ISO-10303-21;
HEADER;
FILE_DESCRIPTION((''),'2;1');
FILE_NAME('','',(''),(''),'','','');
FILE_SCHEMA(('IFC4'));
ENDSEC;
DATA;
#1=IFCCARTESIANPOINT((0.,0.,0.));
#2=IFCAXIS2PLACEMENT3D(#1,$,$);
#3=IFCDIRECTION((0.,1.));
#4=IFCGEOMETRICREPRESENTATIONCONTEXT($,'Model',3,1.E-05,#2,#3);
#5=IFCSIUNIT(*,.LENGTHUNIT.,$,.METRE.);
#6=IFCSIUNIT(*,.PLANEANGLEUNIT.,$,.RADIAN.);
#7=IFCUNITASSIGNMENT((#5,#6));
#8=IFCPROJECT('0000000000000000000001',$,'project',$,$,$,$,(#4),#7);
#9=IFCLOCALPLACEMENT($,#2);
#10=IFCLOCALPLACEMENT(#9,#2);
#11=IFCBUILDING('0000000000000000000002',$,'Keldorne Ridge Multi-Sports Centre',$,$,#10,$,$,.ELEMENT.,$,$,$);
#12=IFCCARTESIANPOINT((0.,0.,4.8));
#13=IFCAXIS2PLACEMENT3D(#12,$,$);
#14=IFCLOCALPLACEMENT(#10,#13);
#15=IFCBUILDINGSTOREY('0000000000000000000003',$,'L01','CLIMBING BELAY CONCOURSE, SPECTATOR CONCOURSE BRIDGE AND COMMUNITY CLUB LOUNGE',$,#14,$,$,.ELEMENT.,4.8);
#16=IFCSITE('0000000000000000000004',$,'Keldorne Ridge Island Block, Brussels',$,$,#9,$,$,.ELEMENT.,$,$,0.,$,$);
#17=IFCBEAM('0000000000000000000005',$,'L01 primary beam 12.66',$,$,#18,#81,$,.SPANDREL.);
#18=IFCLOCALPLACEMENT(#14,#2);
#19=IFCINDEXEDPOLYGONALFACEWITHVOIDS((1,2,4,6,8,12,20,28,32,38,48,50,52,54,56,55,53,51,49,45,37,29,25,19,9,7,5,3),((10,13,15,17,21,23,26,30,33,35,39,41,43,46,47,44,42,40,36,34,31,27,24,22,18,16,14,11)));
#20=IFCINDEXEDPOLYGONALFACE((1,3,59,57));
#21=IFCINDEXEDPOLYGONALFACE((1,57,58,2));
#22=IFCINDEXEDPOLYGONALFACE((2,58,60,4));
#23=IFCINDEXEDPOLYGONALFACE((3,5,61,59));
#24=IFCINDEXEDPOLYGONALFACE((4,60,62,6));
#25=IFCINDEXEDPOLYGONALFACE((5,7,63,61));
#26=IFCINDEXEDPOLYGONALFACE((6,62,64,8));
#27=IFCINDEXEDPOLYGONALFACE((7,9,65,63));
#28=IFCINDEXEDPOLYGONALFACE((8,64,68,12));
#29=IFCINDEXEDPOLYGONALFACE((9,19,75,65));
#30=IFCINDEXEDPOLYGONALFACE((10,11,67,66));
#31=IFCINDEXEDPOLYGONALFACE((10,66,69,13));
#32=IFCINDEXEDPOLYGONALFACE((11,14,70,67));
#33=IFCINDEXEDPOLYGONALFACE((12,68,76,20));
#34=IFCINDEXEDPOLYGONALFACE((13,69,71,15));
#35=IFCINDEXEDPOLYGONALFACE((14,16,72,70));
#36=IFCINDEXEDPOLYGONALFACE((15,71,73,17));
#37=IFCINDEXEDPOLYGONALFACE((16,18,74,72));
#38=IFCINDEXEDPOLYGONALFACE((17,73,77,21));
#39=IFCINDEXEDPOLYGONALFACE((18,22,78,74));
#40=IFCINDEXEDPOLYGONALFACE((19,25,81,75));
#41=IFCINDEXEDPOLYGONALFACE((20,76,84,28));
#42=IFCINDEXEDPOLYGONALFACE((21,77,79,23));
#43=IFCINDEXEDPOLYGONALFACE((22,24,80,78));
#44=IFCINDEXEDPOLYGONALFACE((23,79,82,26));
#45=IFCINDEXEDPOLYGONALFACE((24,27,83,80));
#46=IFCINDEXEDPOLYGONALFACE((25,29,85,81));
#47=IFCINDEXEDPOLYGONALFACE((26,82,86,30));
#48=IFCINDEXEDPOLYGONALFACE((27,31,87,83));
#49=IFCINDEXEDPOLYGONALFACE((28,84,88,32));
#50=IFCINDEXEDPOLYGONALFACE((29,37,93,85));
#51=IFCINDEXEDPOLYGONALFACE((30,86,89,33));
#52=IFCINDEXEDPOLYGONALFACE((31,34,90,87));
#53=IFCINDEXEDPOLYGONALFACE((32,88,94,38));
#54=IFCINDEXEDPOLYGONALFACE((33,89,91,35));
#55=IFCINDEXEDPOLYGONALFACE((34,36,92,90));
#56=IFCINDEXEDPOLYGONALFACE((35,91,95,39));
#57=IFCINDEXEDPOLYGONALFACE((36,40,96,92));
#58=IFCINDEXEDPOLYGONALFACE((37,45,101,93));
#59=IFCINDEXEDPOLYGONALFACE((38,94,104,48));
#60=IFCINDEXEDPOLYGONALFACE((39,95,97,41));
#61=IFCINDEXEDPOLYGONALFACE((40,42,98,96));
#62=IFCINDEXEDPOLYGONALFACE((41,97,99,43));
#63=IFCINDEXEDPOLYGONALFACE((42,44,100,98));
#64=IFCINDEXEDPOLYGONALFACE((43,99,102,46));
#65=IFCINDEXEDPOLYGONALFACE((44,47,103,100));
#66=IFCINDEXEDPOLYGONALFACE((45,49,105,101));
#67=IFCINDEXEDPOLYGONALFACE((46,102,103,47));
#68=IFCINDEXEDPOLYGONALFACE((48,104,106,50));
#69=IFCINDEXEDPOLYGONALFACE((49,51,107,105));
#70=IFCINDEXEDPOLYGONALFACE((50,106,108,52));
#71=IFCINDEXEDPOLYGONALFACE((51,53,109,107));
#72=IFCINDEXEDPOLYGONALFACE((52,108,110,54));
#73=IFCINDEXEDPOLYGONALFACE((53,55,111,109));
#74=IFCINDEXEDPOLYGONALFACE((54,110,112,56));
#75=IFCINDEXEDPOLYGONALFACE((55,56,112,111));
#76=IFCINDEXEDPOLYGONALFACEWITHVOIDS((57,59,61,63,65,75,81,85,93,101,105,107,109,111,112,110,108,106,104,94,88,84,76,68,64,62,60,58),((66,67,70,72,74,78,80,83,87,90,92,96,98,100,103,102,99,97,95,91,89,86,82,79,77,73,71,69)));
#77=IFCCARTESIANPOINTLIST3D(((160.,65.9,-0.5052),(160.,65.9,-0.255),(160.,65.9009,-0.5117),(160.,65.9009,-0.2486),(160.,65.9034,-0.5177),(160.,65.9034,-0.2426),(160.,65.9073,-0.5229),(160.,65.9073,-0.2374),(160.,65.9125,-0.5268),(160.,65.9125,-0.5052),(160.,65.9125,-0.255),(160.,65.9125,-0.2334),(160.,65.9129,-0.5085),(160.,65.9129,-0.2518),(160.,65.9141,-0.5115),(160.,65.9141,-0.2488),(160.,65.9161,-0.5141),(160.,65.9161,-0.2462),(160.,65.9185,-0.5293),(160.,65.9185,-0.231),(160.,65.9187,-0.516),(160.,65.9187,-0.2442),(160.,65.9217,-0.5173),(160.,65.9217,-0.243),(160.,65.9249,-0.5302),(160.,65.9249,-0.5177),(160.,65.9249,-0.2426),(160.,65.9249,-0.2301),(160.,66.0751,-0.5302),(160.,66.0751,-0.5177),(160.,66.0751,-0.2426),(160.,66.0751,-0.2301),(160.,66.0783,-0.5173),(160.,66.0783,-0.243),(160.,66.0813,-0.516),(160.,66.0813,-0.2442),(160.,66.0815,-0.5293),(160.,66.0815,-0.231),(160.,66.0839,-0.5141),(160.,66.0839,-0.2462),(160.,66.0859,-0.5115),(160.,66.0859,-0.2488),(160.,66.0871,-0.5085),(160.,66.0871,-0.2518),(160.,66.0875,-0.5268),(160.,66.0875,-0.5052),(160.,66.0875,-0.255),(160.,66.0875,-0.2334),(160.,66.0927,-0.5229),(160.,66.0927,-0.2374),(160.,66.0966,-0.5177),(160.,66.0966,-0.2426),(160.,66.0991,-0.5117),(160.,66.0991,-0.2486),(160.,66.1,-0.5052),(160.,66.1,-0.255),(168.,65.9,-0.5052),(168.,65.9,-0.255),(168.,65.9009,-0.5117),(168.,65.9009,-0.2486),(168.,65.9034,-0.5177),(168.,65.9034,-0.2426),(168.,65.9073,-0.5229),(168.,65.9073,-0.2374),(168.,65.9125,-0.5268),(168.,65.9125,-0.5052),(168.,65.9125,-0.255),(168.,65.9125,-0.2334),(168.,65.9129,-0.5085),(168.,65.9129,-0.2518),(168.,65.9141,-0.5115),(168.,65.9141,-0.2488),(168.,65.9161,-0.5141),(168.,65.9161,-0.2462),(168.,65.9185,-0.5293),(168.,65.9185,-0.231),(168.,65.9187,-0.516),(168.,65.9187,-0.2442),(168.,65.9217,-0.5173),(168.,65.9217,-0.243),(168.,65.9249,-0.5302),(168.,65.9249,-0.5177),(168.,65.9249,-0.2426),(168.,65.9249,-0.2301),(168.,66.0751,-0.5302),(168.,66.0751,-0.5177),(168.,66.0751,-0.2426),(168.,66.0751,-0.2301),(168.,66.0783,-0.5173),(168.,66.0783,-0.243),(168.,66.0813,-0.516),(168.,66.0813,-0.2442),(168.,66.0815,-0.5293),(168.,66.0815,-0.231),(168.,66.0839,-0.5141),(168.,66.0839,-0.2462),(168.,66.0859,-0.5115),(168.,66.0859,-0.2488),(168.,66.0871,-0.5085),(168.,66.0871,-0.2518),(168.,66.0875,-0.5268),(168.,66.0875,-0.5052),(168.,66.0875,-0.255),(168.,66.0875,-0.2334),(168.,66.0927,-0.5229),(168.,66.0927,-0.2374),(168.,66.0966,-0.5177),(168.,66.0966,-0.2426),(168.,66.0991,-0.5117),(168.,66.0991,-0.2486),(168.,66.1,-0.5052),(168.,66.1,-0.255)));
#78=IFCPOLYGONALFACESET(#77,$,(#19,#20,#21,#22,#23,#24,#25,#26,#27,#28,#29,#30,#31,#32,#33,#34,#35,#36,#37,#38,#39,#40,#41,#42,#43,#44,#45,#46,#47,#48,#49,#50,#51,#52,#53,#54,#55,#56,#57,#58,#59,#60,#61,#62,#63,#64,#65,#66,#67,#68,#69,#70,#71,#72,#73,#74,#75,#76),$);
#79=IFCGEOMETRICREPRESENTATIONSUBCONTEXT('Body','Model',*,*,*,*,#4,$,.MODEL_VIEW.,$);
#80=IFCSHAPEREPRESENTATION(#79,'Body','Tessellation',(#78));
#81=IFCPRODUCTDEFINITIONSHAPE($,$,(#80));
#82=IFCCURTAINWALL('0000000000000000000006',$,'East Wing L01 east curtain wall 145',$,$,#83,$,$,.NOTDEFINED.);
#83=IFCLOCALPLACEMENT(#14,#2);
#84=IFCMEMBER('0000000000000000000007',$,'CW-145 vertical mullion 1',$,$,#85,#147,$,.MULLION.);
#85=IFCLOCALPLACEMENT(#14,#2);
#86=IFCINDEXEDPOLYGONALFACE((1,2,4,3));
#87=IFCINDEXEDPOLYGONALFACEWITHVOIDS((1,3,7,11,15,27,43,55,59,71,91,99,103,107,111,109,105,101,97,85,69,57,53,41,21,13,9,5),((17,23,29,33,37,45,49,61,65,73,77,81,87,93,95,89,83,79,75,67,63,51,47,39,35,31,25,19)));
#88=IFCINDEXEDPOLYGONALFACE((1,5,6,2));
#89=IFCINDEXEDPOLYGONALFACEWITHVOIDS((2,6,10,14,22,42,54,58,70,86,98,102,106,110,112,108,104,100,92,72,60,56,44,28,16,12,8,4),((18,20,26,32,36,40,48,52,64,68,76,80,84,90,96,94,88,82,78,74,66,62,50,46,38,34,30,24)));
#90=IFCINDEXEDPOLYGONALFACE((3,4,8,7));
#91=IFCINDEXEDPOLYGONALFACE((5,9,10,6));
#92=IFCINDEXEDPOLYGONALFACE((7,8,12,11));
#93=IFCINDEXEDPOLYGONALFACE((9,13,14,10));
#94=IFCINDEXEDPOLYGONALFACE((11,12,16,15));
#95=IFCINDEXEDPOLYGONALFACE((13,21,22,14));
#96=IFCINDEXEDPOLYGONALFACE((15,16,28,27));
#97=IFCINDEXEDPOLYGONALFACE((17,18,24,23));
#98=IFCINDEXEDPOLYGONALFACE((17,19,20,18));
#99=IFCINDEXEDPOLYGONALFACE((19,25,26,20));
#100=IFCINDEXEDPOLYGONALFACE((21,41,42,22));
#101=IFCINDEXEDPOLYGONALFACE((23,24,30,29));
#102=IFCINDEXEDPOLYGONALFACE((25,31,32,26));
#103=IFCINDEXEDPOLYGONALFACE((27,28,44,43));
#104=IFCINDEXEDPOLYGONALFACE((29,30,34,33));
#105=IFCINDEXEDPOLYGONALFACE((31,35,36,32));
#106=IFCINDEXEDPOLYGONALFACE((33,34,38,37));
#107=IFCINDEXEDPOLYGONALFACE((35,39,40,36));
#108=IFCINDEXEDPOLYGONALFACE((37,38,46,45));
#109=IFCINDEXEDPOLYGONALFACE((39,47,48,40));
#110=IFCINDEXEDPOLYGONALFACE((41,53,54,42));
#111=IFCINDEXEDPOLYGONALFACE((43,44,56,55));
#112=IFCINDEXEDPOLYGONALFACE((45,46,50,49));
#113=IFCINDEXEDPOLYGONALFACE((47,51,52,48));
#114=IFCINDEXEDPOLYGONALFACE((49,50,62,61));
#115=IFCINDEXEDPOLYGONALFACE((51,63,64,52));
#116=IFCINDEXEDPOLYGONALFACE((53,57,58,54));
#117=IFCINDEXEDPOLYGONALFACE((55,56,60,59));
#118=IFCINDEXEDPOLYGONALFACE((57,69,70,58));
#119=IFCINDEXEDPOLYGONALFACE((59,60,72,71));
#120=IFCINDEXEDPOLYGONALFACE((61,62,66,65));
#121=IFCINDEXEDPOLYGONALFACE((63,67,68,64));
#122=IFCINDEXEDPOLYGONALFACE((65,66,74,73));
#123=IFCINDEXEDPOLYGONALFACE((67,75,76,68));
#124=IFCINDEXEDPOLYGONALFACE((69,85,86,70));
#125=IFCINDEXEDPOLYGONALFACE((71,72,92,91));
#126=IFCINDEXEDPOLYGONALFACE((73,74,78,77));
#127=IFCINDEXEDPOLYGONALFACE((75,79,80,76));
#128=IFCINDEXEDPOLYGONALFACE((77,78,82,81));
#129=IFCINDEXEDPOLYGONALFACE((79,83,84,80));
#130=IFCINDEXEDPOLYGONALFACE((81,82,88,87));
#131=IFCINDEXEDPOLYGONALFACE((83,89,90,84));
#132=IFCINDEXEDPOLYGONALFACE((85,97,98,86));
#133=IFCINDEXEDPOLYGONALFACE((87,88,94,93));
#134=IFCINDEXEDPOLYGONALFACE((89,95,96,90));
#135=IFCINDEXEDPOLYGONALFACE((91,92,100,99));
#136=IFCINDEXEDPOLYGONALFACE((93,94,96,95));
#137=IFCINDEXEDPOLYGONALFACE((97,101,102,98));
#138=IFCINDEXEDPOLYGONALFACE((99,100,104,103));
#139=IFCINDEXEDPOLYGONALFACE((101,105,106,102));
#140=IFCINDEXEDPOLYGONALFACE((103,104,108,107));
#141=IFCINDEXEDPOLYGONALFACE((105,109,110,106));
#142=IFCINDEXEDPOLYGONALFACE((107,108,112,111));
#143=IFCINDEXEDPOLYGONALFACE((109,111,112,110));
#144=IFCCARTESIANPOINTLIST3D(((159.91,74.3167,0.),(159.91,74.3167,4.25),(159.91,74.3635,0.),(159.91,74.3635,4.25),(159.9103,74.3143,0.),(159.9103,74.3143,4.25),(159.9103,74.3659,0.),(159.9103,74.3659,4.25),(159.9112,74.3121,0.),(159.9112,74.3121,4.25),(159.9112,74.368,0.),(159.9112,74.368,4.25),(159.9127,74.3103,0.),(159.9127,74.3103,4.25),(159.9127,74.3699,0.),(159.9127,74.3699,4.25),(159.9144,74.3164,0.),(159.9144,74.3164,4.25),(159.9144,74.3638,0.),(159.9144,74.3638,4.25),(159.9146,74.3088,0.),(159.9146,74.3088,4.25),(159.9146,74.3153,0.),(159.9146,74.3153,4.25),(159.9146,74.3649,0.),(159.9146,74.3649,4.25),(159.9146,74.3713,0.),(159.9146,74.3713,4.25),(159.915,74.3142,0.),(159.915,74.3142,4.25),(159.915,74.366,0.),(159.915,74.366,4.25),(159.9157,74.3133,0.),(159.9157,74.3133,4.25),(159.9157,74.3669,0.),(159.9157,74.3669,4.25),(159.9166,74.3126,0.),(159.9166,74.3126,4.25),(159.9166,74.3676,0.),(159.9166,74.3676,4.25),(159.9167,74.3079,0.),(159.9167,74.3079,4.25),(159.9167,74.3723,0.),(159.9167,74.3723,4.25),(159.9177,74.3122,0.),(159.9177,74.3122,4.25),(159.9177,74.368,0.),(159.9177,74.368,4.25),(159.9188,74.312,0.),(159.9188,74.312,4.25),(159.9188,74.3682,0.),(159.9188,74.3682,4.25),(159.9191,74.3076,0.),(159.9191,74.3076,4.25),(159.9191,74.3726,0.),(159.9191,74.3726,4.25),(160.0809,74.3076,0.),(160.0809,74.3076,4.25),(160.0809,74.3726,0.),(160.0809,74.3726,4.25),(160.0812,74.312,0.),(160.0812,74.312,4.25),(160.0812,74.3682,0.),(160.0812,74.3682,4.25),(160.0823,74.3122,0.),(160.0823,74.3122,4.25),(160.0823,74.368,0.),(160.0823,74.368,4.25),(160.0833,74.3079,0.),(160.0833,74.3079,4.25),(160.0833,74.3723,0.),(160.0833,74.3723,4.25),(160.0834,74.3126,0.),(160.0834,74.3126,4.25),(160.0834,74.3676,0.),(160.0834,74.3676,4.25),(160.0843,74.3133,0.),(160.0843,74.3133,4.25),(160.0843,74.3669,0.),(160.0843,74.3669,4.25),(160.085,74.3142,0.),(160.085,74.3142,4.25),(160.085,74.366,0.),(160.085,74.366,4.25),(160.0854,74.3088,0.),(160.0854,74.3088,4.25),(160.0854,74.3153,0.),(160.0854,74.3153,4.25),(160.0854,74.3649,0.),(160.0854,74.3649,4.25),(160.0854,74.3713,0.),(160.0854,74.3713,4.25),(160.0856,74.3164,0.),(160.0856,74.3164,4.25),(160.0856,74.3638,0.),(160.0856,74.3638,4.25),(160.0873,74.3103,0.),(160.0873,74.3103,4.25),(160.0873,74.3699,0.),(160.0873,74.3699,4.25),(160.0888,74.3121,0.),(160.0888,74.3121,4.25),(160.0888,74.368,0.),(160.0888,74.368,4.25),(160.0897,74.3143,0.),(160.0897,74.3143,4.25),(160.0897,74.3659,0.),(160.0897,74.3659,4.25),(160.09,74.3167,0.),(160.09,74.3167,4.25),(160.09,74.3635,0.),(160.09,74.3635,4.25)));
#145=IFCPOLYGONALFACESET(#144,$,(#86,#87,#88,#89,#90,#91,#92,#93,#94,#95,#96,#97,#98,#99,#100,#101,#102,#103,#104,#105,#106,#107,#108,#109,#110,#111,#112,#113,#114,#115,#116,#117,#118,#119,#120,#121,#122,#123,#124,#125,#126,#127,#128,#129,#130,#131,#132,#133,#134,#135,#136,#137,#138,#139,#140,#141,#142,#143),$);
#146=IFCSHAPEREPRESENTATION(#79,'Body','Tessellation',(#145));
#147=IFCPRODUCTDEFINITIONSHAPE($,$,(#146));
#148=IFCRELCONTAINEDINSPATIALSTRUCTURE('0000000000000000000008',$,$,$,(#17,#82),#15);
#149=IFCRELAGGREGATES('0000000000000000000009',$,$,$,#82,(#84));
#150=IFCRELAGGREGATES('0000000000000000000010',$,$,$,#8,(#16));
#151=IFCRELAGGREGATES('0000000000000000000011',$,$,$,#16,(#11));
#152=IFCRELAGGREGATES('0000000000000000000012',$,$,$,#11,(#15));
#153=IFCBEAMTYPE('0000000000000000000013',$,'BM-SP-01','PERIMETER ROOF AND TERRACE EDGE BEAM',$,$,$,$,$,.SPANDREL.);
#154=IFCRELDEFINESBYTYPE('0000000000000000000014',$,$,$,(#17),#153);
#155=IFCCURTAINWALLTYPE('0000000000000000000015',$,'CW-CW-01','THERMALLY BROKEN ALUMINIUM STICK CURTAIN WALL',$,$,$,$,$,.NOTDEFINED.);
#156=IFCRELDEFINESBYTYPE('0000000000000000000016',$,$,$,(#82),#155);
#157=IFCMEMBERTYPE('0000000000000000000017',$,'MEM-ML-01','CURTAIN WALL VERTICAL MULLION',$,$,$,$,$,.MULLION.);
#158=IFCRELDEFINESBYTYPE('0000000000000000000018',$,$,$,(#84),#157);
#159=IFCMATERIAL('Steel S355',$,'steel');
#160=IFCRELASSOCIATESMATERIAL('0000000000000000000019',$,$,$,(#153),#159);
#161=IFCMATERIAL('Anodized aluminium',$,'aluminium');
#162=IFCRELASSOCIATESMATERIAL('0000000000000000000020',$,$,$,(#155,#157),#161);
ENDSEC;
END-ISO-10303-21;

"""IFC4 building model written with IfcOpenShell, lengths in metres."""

from ifc_helpers import new_model, si_unit, direction, frame, origin, origin_2d, place, context, subcontext, project, spatial, hollow_rectangle, extrude, material, material_profile, profile_set, type_object, element, aggregate, save


model = new_model("IFC4")

# Units and contexts
model_context = context("Model", 3, precision=1e-05, world=origin(), true_north=direction((0.0, 1.0)))
body_context = subcontext(model_context, "Body", "Model", "MODEL_VIEW")
ifc_project = project(units=[si_unit("LENGTHUNIT", "METRE"), si_unit("PLANEANGLEUNIT", "RADIAN")], contexts=[model_context])

# Site, building, storey
site_placement = place(None, origin())
site = spatial("IfcSite", under=ifc_project, at=site_placement, Name="Keldorne Ridge Island Block, Brussels", CompositionType="ELEMENT", RefElevation=0.0)
building_placement = place(site_placement, origin())
building = spatial("IfcBuilding", under=site, at=building_placement, Name="Keldorne Ridge Multi-Sports Centre", CompositionType="ELEMENT")
storey_placement = place(building_placement, frame((0.0, 0.0, 4.8)))
storey = spatial("IfcBuildingStorey", under=building, at=storey_placement, Name="L01", Description="CLIMBING BELAY CONCOURSE, SPECTATOR CONCOURSE BRIDGE AND COMMUNITY CLUB LOUNGE", CompositionType="ELEMENT", Elevation=4.8)

# Shared definitions
ifc_material_1 = material(Name="Steel S355", Category="steel")

# Beam
ifc_material_profile_1 = material_profile(ifc_material_1, hollow_rectangle(XDim=0.2, YDim=0.3, WallThickness=0.0125, InnerFilletRadius=0.0125, OuterFilletRadius=0.0249, at=origin_2d()), Name="RHS 300x200x12.5")
ifc_profile_set_1 = profile_set([ifc_material_profile_1], Name="Steel S355")
beam_type_1 = type_object("IfcBeamType", Name="BM-SP-01", Description="PERIMETER ROOF AND TERRACE EDGE BEAM", PredefinedType="SPANDREL", material=ifc_profile_set_1)
beam_1_placement = place(storey_placement, frame((160.0, 66.0, -0.3801), z_axis=(1.0, 0.0, 0.0), x_axis=(0.0, 1.0, 0.0)))
element("IfcBeam", 1, at=beam_1_placement, inside=storey, type_object=beam_type_1, Name="L01 primary beam 12.66", PredefinedType="SPANDREL", context=body_context, shape_type="SweptSolid", body=[
    extrude(hollow_rectangle(XDim=0.2, YDim=0.3, WallThickness=0.0125, InnerFilletRadius=0.0125, OuterFilletRadius=0.0249, at=origin_2d()), origin(), (0.0, 0.0, 1.0), 8.0),
])

# Curtain wall, member
ifc_material_2 = material(Name="Anodized aluminium", Category="aluminium")
curtain_wall_type = type_object("IfcCurtainWallType", Name="CW-CW-01", Description="THERMALLY BROKEN ALUMINIUM STICK CURTAIN WALL", PredefinedType="NOTDEFINED", material=ifc_material_2)
curtain_wall_placement = place(storey_placement, origin())
curtain_wall = element("IfcCurtainWall", 2, at=curtain_wall_placement, inside=storey, type_object=curtain_wall_type, Name="East Wing L01 east curtain wall 145", PredefinedType="NOTDEFINED")
ifc_material_profile_2 = material_profile(ifc_material_2, hollow_rectangle(XDim=0.0649, YDim=0.1799, WallThickness=0.0044, InnerFilletRadius=0.0044, OuterFilletRadius=0.009, at=origin_2d()), Name="ALU MULLION 180x65x4.5")
ifc_profile_set_2 = profile_set([ifc_material_profile_2], Name="Anodized aluminium")
member_type_1 = type_object("IfcMemberType", Name="MEM-ML-01", Description="CURTAIN WALL VERTICAL MULLION", PredefinedType="MULLION", material=ifc_profile_set_2)
member_1_placement = place(storey_placement, frame((160.0, 74.3401, 0.0), z_axis=(0.0, 0.0, 1.0), x_axis=(0.0, 1.0, 0.0)))
member_1 = element("IfcMember", 3, at=member_1_placement, type_object=member_type_1, Name="CW-145 vertical mullion 1", PredefinedType="MULLION", context=body_context, shape_type="SweptSolid", body=[
    extrude(hollow_rectangle(XDim=0.0649, YDim=0.1799, WallThickness=0.0044, InnerFilletRadius=0.0044, OuterFilletRadius=0.009, at=origin_2d()), origin(), (0.0, 0.0, 1.0), 4.25),
])
aggregate(curtain_wall, [member_1])

save(model, "model.ifc")
